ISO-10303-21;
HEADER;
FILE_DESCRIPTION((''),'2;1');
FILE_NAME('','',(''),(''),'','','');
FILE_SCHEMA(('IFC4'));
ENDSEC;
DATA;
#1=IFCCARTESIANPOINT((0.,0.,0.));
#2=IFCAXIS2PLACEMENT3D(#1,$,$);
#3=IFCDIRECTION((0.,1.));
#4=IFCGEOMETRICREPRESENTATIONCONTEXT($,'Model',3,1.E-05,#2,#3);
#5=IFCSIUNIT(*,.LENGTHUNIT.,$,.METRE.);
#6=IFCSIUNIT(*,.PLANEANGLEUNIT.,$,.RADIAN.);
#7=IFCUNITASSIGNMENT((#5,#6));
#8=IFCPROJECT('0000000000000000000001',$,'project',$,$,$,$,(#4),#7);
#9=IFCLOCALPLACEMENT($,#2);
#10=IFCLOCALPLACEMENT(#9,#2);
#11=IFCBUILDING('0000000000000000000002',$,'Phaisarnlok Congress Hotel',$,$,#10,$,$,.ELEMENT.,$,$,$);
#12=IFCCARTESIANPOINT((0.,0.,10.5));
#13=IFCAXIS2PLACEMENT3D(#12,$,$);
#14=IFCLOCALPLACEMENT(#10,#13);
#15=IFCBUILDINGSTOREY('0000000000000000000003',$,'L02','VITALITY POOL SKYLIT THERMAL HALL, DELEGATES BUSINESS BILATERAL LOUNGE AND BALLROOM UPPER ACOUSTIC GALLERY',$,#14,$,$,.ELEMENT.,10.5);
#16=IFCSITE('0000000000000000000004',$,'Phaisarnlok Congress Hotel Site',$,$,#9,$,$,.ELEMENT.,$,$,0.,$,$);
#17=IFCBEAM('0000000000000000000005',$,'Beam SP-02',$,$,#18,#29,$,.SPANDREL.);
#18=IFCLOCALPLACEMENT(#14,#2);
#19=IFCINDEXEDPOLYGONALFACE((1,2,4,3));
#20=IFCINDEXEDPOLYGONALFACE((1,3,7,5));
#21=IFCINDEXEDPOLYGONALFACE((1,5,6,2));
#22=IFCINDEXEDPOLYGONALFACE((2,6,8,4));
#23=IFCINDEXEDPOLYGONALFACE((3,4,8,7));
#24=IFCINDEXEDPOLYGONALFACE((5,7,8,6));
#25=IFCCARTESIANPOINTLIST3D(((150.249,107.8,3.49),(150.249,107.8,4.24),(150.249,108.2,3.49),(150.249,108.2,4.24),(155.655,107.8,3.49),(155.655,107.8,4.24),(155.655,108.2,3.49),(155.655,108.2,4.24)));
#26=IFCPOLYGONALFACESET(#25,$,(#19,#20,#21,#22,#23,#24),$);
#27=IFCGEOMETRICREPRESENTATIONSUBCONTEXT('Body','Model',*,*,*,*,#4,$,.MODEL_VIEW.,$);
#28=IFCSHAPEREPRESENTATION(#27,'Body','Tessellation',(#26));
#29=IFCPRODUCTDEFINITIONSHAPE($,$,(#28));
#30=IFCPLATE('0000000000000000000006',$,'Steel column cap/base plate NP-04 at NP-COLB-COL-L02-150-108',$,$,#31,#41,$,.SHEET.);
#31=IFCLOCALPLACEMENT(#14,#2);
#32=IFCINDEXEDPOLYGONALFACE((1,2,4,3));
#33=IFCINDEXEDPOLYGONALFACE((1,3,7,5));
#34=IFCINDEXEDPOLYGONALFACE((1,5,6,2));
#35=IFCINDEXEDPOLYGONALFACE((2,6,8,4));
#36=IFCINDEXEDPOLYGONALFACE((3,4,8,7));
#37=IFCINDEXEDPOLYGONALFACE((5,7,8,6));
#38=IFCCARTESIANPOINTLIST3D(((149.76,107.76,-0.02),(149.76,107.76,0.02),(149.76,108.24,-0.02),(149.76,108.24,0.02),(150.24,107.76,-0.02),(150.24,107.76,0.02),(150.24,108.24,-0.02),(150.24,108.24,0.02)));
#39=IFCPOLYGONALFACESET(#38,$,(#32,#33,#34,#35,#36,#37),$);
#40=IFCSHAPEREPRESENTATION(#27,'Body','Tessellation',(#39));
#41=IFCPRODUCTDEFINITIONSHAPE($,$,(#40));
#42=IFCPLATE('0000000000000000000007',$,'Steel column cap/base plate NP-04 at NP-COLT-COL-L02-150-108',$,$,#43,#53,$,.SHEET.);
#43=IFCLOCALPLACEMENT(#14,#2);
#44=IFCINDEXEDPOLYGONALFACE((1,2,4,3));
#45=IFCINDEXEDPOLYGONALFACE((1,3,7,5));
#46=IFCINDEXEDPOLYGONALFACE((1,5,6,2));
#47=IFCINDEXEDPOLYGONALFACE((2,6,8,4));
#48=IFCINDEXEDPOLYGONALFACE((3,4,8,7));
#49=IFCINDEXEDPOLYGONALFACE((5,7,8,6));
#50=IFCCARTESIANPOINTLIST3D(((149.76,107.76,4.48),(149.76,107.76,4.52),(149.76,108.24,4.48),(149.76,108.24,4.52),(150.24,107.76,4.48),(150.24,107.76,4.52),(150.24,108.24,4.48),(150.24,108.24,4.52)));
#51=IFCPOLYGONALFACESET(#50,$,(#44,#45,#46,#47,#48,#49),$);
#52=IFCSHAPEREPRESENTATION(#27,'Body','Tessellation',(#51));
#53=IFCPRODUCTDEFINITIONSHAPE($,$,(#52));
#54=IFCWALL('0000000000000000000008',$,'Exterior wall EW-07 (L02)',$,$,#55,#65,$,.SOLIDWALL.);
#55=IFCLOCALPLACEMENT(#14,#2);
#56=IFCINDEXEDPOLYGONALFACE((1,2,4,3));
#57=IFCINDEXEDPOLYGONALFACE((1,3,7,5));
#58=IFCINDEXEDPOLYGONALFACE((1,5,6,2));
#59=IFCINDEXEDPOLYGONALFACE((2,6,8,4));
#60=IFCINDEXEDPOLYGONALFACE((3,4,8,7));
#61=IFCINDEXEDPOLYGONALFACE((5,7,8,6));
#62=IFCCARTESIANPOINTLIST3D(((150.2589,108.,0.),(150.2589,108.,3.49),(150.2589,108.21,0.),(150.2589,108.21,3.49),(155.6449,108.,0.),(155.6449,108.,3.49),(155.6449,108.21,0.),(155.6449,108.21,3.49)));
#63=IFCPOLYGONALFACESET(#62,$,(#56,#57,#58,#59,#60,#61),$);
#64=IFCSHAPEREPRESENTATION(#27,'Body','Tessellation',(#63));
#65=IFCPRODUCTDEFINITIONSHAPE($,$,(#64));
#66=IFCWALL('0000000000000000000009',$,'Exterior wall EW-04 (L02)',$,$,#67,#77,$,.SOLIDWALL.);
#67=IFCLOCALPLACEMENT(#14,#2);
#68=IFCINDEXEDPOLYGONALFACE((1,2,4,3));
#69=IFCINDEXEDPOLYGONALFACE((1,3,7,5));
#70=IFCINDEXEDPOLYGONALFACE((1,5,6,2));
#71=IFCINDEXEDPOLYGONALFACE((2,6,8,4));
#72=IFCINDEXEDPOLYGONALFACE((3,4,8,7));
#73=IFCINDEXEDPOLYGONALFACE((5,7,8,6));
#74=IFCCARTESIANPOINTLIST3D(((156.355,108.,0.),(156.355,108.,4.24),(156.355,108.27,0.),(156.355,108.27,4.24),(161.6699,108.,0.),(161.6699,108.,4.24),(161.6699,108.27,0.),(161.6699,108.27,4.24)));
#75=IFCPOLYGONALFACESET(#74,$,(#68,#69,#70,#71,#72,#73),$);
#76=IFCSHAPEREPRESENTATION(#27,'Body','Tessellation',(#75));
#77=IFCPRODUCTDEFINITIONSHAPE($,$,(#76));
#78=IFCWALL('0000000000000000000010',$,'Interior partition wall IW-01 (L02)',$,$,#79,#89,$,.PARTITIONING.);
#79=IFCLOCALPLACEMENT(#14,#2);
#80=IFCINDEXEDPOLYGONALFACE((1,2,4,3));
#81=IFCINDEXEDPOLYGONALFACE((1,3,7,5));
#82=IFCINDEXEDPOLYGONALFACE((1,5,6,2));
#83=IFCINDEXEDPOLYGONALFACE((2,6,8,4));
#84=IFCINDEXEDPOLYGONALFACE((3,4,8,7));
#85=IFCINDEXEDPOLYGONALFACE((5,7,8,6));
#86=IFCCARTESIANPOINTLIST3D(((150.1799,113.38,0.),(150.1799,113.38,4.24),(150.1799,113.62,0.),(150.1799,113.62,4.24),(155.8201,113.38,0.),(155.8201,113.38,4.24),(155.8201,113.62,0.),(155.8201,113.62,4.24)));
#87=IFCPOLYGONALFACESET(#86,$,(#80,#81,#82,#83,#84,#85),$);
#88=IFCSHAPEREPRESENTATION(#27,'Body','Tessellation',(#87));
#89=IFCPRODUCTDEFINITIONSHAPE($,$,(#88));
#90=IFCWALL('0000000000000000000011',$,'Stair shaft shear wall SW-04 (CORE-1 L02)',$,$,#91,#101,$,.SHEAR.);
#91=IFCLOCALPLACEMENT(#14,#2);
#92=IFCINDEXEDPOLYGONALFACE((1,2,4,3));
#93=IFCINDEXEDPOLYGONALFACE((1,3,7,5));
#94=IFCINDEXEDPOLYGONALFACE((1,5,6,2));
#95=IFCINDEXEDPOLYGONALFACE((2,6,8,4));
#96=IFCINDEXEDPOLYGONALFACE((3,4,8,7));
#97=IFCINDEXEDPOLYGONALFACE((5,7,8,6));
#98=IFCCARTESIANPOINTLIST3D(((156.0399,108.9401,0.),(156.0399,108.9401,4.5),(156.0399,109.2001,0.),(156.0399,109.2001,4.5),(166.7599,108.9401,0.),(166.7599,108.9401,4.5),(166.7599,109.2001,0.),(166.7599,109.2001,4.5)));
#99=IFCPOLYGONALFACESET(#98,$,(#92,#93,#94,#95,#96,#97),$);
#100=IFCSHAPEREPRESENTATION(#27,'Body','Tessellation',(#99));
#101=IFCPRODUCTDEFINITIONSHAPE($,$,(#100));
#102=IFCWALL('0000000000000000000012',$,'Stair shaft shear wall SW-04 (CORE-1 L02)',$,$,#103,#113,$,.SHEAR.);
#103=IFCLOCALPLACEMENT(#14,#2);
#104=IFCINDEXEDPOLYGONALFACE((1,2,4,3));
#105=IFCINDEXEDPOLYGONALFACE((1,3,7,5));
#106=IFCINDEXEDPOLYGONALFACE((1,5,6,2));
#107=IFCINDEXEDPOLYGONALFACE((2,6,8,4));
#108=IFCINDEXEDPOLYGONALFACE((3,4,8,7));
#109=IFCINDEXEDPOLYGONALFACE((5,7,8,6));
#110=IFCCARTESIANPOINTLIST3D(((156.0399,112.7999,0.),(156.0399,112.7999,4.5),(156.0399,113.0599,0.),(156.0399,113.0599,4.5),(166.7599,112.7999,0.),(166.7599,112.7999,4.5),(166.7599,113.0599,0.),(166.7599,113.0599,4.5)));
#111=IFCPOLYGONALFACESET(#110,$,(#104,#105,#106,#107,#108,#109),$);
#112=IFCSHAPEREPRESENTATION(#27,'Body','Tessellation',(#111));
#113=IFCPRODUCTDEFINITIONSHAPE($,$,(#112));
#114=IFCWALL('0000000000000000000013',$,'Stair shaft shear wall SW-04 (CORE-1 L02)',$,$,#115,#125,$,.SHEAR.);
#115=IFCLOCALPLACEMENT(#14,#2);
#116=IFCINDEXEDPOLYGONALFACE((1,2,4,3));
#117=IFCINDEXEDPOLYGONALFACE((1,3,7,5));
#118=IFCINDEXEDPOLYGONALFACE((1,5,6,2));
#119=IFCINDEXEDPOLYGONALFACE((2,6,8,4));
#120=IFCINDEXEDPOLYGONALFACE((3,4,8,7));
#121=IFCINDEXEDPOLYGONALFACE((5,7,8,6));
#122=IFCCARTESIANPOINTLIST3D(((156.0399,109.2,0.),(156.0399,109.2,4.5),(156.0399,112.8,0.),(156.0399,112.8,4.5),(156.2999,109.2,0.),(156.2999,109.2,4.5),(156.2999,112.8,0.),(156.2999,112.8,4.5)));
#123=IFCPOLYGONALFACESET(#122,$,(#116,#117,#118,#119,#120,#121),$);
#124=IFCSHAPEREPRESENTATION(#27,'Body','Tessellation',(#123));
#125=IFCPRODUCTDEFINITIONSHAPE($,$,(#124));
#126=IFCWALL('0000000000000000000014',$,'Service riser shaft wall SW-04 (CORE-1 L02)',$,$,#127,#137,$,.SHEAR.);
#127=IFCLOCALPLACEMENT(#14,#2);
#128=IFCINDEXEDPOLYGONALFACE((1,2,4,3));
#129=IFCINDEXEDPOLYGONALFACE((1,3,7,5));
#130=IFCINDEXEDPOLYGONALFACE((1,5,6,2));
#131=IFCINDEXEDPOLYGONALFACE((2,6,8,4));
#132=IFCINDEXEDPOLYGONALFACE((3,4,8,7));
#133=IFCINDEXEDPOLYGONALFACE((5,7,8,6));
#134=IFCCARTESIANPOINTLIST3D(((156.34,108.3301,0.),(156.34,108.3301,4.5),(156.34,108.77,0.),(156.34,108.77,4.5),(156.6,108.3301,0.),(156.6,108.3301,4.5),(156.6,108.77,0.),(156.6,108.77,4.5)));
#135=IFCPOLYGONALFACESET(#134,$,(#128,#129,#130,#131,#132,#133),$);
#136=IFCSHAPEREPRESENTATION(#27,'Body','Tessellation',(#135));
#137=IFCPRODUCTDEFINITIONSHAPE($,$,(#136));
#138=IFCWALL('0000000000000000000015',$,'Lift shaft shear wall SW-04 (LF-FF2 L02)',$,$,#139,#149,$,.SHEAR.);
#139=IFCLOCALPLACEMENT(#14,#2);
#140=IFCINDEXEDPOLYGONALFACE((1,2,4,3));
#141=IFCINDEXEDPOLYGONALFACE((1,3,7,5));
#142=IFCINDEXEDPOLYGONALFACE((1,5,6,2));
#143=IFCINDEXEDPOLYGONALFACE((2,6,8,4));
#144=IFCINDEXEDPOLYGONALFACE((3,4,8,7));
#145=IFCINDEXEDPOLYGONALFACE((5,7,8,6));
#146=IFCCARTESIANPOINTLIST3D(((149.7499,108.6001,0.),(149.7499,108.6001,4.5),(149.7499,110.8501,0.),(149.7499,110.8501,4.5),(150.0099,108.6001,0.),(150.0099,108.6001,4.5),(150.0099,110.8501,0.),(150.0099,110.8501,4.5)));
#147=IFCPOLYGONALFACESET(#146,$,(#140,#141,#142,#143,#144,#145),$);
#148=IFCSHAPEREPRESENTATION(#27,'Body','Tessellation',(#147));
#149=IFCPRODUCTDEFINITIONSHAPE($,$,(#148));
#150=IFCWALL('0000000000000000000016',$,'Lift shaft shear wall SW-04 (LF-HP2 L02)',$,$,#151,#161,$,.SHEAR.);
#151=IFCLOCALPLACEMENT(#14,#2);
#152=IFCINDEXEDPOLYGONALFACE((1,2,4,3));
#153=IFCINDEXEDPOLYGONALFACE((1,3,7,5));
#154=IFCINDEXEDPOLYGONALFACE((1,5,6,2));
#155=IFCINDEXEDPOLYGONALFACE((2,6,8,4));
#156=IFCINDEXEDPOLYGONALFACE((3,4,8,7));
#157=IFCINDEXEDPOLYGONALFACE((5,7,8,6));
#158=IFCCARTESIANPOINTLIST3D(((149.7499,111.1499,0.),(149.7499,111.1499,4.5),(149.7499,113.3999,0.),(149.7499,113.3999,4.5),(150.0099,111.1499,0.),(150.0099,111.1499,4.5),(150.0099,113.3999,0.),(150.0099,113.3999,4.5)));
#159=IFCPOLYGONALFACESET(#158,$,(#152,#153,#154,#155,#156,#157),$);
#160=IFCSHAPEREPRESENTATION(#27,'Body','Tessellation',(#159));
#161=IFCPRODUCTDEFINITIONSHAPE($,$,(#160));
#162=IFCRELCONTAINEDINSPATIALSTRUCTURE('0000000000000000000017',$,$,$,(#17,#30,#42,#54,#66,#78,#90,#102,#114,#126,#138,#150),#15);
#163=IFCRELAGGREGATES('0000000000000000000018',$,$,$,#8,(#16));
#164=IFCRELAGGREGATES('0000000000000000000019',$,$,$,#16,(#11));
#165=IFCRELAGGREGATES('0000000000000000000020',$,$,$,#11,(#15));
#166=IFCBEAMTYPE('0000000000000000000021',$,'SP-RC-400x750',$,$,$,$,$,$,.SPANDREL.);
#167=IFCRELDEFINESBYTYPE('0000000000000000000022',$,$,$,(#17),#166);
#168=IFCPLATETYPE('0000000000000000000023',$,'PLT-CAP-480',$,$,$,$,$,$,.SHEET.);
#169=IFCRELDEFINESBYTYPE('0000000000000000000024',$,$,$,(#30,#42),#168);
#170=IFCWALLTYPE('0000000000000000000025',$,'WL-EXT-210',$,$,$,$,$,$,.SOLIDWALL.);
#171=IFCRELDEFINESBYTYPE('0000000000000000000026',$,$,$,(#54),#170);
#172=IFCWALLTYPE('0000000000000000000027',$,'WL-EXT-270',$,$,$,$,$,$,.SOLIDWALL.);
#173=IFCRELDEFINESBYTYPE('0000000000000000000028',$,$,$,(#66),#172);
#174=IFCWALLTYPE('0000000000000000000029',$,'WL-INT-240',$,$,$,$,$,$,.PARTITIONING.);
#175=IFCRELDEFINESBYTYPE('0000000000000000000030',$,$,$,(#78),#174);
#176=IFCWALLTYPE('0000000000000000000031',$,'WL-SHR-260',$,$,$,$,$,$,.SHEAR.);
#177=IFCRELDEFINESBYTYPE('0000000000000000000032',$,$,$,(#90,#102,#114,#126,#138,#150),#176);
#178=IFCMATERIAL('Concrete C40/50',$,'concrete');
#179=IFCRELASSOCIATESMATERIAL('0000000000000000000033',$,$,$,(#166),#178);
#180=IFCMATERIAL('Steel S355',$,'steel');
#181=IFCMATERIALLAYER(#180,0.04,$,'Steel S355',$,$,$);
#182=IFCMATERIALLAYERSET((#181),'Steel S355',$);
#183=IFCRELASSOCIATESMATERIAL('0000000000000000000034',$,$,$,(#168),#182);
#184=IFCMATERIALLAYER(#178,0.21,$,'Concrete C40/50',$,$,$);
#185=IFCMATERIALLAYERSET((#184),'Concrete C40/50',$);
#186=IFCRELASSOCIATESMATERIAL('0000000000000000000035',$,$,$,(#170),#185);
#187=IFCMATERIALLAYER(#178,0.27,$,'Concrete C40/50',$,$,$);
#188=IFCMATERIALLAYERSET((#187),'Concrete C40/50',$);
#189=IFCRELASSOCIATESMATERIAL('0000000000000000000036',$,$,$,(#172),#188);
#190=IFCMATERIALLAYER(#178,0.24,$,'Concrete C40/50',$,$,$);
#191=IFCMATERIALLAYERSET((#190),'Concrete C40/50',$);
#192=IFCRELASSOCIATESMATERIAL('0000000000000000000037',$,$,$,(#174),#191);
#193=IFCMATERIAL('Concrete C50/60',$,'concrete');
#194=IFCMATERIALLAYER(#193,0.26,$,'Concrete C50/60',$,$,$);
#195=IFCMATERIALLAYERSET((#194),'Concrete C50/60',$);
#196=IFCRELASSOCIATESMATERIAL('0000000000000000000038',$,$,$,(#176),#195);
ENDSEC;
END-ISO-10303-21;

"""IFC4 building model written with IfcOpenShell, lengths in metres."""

from ifc_helpers import new_model, si_unit, direction, frame, frame_2d, origin, origin_2d, place, context, subcontext, project, spatial, rectangle, extrude, material, layer, layer_set, material_profile, profile_set, type_object, element, save


model = new_model("IFC4")

# Units and contexts
model_context = context("Model", 3, precision=1e-05, world=origin(), true_north=direction((0.0, 1.0)))
body_context = subcontext(model_context, "Body", "Model", "MODEL_VIEW")
ifc_project = project(units=[si_unit("LENGTHUNIT", "METRE"), si_unit("PLANEANGLEUNIT", "RADIAN")], contexts=[model_context])

# Site, building, storey
site_placement = place(None, origin())
site = spatial("IfcSite", under=ifc_project, at=site_placement, Name="Phaisarnlok Congress Hotel Site", CompositionType="ELEMENT", RefElevation=0.0)
building_placement = place(site_placement, origin())
building = spatial("IfcBuilding", under=site, at=building_placement, Name="Phaisarnlok Congress Hotel", CompositionType="ELEMENT")
storey_placement = place(building_placement, frame((0.0, 0.0, 10.5)))
storey = spatial("IfcBuildingStorey", under=building, at=storey_placement, Name="L02", Description="VITALITY POOL SKYLIT THERMAL HALL, DELEGATES BUSINESS BILATERAL LOUNGE AND BALLROOM UPPER ACOUSTIC GALLERY", CompositionType="ELEMENT", Elevation=10.5)

# Shared definitions
ifc_material_1 = material(Name="Concrete C50/60", Category="concrete")
ifc_material_2 = material(Name="Steel S355", Category="steel")

# Beam
ifc_material_3 = material(Name="Concrete C40/50", Category="concrete")
ifc_material_profile_1 = material_profile(ifc_material_3, rectangle(XDim=0.3999, YDim=0.75, at=origin_2d()), Name="RC 400x750")
ifc_profile_set_1 = profile_set([ifc_material_profile_1], Name="Concrete C40/50")
beam_type_1 = type_object("IfcBeamType", Name="SP-RC-400x750", PredefinedType="SPANDREL", material=ifc_profile_set_1)
beam_1_placement = place(storey_placement, frame((150.249, 108.0, 3.865), z_axis=(1.0, 0.0, 0.0), x_axis=(0.0, 1.0, 0.0)))
element("IfcBeam", 1, at=beam_1_placement, inside=storey, type_object=beam_type_1, Name="Beam SP-02", PredefinedType="SPANDREL", context=body_context, shape_type="SweptSolid", body=[
    extrude(rectangle(XDim=0.3999, YDim=0.75, at=origin_2d()), origin(), (0.0, 0.0, 1.0), 5.406),
])

# Plates
ifc_layer_1 = layer(ifc_material_2, 0.04, Name="Steel S355")
ifc_layer_set_1 = layer_set([ifc_layer_1], Name="Steel S355")
plate_type = type_object("IfcPlateType", Name="PLT-CAP-480", PredefinedType="SHEET", material=ifc_layer_set_1)
for number, where, z_axis, x_axis, name in (
    (2, (150.0, 108.0, -0.02), (0.0, 0.0, 1.0), (1.0, 0.0, 0.0), "Steel column cap/base plate NP-04 at NP-COLB-COL-L02-150-108"),
    (3, (150.0, 108.0, 4.48), (0.0, 0.0, 1.0), (1.0, 0.0, 0.0), "Steel column cap/base plate NP-04 at NP-COLT-COL-L02-150-108"),
):
    element("IfcPlate", number, at=place(storey_placement, frame(where, z_axis=z_axis, x_axis=x_axis)), inside=storey, type_object=plate_type, Name=name, PredefinedType="SHEET", context=body_context, shape_type="SweptSolid", body=[
        extrude(rectangle(XDim=0.48, YDim=0.48, at=origin_2d()), origin(), (0.0, 0.0, 1.0), 0.04),
    ])

# Walls
ifc_layer_2 = layer(ifc_material_3, 0.21, Name="Concrete C40/50")
ifc_layer_set_2 = layer_set([ifc_layer_2], Name="Concrete C40/50")
wall_type_1 = type_object("IfcWallType", Name="WL-EXT-210", PredefinedType="SOLIDWALL", material=ifc_layer_set_2)
wall_1_placement = place(storey_placement, frame((150.259, 108.105, 0.0), z_axis=(0.0, 0.0, 1.0), x_axis=(1.0, 0.0, 0.0)))
element("IfcWall", 4, at=wall_1_placement, inside=storey, type_object=wall_type_1, Name="Exterior wall EW-07 (L02)", PredefinedType="SOLIDWALL", context=body_context, shape_type="SweptSolid", body=[
    extrude(rectangle(XDim=5.386, YDim=0.21, at=frame_2d((2.6929, 0.0))), origin(), (0.0, 0.0, 1.0), 3.49),
])
ifc_layer_3 = layer(ifc_material_3, 0.27, Name="Concrete C40/50")
ifc_layer_set_3 = layer_set([ifc_layer_3], Name="Concrete C40/50")
wall_type_2 = type_object("IfcWallType", Name="WL-EXT-270", PredefinedType="SOLIDWALL", material=ifc_layer_set_3)
wall_2_placement = place(storey_placement, frame((156.355, 108.135, 0.0), z_axis=(0.0, 0.0, 1.0), x_axis=(1.0, 0.0, 0.0)))
element("IfcWall", 5, at=wall_2_placement, inside=storey, type_object=wall_type_2, Name="Exterior wall EW-04 (L02)", PredefinedType="SOLIDWALL", context=body_context, shape_type="SweptSolid", body=[
    extrude(rectangle(XDim=5.3149, YDim=0.27, at=frame_2d((2.6575, 0.0))), origin(), (0.0, 0.0, 1.0), 4.24),
])
ifc_layer_4 = layer(ifc_material_3, 0.24, Name="Concrete C40/50")
ifc_layer_set_4 = layer_set([ifc_layer_4], Name="Concrete C40/50")
wall_type_3 = type_object("IfcWallType", Name="WL-INT-240", PredefinedType="PARTITIONING", material=ifc_layer_set_4)
wall_3_placement = place(storey_placement, frame((150.1799, 113.5, 0.0), z_axis=(0.0, 0.0, 1.0), x_axis=(1.0, 0.0, 0.0)))
element("IfcWall", 6, at=wall_3_placement, inside=storey, type_object=wall_type_3, Name="Interior partition wall IW-01 (L02)", PredefinedType="PARTITIONING", context=body_context, shape_type="SweptSolid", body=[
    extrude(rectangle(XDim=5.6401, YDim=0.24, at=frame_2d((2.8201, 0.0))), origin(), (0.0, 0.0, 1.0), 4.24),
])
ifc_layer_5 = layer(ifc_material_1, 0.26, Name="Concrete C50/60")
ifc_layer_set_5 = layer_set([ifc_layer_5], Name="Concrete C50/60")
wall_type_4 = type_object("IfcWallType", Name="WL-SHR-260", PredefinedType="SHEAR", material=ifc_layer_set_5)
for number, where, z_axis, x_axis, name in (
    (7, (156.04, 109.0701, 0.0), (0.0, 0.0, 1.0), (1.0, 0.0, 0.0), "Stair shaft shear wall SW-04 (CORE-1 L02)"),
    (8, (156.04, 112.9299, 0.0), (0.0, 0.0, 1.0), (1.0, 0.0, 0.0), "Stair shaft shear wall SW-04 (CORE-1 L02)"),
):
    element("IfcWall", number, at=place(storey_placement, frame(where, z_axis=z_axis, x_axis=x_axis)), inside=storey, type_object=wall_type_4, Name=name, PredefinedType="SHEAR", context=body_context, shape_type="SweptSolid", body=[
        extrude(rectangle(XDim=10.72, YDim=0.26, at=frame_2d((5.3599, 0.0))), origin(), (0.0, 0.0, 1.0), 4.5),
    ])
wall_4_placement = place(storey_placement, frame((156.1699, 109.2, 0.0), z_axis=(0.0, 0.0, 1.0), x_axis=(0.0, 1.0, 0.0)))
element("IfcWall", 9, at=wall_4_placement, inside=storey, type_object=wall_type_4, Name="Stair shaft shear wall SW-04 (CORE-1 L02)", PredefinedType="SHEAR", context=body_context, shape_type="SweptSolid", body=[
    extrude(rectangle(XDim=3.6001, YDim=0.26, at=frame_2d((1.8, 0.0))), origin(), (0.0, 0.0, 1.0), 4.5),
])
wall_5_placement = place(storey_placement, frame((156.47, 108.3301, 0.0), z_axis=(0.0, 0.0, 1.0), x_axis=(0.0, 1.0, 0.0)))
element("IfcWall", 10, at=wall_5_placement, inside=storey, type_object=wall_type_4, Name="Service riser shaft wall SW-04 (CORE-1 L02)", PredefinedType="SHEAR", context=body_context, shape_type="SweptSolid", body=[
    extrude(rectangle(XDim=0.4399, YDim=0.26, at=frame_2d((0.22, 0.0))), origin(), (0.0, 0.0, 1.0), 4.5),
])
for number, where, z_axis, x_axis, name in (
    (11, (149.8799, 108.6001, 0.0), (0.0, 0.0, 1.0), (0.0, 1.0, 0.0), "Lift shaft shear wall SW-04 (LF-FF2 L02)"),
    (12, (149.8799, 111.1499, 0.0), (0.0, 0.0, 1.0), (0.0, 1.0, 0.0), "Lift shaft shear wall SW-04 (LF-HP2 L02)"),
):
    element("IfcWall", number, at=place(storey_placement, frame(where, z_axis=z_axis, x_axis=x_axis)), inside=storey, type_object=wall_type_4, Name=name, PredefinedType="SHEAR", context=body_context, shape_type="SweptSolid", body=[
        extrude(rectangle(XDim=2.25, YDim=0.26, at=frame_2d((1.125, 0.0))), origin(), (0.0, 0.0, 1.0), 4.5),
    ])

save(model, "model.ifc")
